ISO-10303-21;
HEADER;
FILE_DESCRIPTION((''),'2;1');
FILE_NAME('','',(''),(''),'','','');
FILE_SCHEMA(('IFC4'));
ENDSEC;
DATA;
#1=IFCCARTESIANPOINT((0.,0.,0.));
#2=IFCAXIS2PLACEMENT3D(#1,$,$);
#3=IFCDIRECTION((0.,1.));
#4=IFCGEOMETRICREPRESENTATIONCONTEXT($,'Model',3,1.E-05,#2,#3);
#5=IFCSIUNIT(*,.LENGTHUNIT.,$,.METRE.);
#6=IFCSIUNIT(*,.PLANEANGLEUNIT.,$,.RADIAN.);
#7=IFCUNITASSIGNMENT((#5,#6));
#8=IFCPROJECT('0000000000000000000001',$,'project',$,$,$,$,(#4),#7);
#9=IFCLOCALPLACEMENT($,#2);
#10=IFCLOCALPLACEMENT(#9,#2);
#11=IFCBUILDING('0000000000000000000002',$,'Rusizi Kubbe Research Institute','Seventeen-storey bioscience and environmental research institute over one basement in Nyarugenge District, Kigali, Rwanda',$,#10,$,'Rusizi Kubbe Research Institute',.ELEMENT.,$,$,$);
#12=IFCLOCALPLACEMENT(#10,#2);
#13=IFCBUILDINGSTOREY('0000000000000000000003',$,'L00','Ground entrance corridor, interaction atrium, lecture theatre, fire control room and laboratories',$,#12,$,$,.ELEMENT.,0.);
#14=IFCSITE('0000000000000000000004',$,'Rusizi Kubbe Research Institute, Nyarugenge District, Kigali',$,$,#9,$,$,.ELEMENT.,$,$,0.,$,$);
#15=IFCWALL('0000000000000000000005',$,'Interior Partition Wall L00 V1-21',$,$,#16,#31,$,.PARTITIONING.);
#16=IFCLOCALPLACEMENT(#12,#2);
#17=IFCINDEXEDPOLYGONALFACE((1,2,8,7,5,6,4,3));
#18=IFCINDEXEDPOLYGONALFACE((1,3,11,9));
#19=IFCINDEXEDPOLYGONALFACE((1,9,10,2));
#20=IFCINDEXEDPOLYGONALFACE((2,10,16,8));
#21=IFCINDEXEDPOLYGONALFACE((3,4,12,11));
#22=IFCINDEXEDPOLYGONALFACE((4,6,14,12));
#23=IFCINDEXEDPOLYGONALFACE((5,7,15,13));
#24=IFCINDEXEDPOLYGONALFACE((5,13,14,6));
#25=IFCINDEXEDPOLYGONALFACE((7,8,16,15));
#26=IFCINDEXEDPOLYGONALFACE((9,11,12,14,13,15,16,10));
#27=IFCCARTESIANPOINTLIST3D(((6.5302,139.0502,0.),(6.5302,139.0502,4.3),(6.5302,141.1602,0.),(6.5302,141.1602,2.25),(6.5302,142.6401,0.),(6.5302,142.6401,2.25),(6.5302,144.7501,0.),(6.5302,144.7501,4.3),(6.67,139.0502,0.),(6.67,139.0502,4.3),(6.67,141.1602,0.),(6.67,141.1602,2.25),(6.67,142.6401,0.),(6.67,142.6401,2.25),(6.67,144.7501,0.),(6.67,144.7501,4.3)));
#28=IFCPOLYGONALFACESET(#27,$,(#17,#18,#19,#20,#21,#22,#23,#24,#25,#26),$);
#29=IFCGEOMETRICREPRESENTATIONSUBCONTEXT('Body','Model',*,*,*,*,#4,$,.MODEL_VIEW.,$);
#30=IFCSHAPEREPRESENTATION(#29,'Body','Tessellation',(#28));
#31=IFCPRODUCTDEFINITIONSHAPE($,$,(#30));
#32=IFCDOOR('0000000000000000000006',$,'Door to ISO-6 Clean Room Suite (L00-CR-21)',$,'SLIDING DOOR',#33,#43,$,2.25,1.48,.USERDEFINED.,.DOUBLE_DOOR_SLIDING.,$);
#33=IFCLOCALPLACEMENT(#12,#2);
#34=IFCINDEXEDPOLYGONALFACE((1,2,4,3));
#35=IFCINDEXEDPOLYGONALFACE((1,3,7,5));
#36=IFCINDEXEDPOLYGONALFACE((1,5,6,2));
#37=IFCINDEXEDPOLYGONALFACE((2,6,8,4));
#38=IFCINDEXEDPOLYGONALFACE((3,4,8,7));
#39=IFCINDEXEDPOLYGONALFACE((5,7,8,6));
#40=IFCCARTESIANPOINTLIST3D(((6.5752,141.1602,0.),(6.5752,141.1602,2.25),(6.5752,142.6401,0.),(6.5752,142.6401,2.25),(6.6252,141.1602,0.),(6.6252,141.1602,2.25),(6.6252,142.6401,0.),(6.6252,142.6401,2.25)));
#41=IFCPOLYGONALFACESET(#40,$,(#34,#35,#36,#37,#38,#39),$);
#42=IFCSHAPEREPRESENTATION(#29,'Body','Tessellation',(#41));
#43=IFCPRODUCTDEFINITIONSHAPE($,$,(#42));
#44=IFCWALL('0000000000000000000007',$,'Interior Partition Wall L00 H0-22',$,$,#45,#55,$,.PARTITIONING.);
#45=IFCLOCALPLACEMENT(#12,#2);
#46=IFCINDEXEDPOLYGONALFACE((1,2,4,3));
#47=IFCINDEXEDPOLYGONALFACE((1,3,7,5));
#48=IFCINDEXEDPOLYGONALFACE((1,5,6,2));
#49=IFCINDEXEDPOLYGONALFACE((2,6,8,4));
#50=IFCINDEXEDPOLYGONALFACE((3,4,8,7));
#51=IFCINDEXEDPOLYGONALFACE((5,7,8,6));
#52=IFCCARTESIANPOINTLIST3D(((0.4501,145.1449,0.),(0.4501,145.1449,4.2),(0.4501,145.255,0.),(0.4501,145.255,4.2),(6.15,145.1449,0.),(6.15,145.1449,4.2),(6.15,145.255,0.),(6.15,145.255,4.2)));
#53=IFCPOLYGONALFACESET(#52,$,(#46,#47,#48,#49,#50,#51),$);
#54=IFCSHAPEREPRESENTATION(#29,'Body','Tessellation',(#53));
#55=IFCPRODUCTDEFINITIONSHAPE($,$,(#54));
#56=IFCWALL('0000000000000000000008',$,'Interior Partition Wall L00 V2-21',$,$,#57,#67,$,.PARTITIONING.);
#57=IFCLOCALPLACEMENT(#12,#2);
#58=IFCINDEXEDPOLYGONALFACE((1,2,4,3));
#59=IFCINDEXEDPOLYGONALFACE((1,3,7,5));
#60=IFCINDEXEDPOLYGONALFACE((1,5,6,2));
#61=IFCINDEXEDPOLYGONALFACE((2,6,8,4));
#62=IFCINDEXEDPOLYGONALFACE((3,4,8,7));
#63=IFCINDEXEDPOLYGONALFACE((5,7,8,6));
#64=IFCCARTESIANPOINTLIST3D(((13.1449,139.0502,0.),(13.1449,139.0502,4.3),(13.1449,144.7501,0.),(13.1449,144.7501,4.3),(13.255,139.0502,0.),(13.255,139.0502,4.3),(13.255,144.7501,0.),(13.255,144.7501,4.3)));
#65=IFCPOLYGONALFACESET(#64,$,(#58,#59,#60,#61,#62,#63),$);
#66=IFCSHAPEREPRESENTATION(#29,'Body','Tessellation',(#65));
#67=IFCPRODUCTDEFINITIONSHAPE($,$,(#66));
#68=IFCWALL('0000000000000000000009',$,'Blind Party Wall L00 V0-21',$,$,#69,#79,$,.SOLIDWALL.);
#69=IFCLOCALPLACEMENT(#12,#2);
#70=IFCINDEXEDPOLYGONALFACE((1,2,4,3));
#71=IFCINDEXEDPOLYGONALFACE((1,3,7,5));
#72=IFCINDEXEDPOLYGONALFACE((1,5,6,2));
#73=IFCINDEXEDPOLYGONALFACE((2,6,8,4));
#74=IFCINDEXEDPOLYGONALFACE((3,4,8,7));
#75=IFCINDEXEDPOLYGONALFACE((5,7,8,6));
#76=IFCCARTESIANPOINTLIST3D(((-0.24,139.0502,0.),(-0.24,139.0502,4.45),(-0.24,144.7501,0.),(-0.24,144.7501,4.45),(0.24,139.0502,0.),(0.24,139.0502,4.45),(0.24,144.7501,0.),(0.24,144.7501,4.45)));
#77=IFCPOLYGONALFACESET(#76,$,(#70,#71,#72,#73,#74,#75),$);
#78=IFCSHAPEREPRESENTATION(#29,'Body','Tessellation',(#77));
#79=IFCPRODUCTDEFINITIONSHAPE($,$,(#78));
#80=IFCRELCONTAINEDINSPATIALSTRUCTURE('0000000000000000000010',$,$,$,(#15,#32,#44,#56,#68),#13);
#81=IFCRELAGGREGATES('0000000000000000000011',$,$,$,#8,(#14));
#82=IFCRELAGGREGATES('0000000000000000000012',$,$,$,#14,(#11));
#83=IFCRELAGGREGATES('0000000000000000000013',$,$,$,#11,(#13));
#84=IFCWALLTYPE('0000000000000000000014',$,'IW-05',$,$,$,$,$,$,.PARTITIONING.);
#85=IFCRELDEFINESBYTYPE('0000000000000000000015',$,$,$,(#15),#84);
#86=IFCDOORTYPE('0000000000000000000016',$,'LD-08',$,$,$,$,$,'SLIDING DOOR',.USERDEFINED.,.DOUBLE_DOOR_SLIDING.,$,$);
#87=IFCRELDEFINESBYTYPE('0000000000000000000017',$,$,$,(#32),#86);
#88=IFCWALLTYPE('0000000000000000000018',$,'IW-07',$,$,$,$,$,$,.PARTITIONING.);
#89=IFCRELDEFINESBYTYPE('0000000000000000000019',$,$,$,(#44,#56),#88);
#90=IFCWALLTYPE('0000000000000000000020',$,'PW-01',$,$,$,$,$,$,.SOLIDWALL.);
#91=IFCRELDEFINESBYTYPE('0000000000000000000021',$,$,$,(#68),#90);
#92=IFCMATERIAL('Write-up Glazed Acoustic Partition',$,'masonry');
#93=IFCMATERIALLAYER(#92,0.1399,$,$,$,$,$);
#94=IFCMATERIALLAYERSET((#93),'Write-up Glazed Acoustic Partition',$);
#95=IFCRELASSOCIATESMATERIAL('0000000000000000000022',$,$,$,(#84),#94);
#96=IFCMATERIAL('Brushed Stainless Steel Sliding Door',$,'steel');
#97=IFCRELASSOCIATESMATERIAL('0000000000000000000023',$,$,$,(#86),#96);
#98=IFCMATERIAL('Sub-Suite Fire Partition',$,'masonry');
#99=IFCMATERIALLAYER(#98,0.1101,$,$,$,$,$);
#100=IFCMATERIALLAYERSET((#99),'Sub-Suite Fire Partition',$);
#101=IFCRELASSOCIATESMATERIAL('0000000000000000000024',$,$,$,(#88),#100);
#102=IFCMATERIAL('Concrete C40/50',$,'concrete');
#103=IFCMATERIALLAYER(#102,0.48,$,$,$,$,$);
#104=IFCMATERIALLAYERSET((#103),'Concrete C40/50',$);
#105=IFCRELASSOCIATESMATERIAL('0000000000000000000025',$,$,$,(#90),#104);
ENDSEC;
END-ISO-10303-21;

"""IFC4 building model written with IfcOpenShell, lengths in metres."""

from ifc_helpers import new_model, si_unit, direction, frame, frame_2d, origin, place, context, subcontext, project, spatial, rectangle, extrude, material, layer, layer_set, type_object, element, fill, save


model = new_model("IFC4")

# Units and contexts
model_context = context("Model", 3, precision=1e-05, world=origin(), true_north=direction((0.0, 1.0)))
body_context = subcontext(model_context, "Body", "Model", "MODEL_VIEW")
ifc_project = project(units=[si_unit("LENGTHUNIT", "METRE"), si_unit("PLANEANGLEUNIT", "RADIAN")], contexts=[model_context])

# Site, building, storey
site_placement = place(None, origin())
site = spatial("IfcSite", under=ifc_project, at=site_placement, Name="Rusizi Kubbe Research Institute, Nyarugenge District, Kigali", CompositionType="ELEMENT", RefElevation=0.0)
building_placement = place(site_placement, origin())
building = spatial("IfcBuilding", under=site, at=building_placement, Name="Rusizi Kubbe Research Institute", Description="Seventeen-storey bioscience and environmental research institute over one basement in Nyarugenge District, Kigali, Rwanda", LongName="Rusizi Kubbe Research Institute", CompositionType="ELEMENT")
storey_placement = place(building_placement, origin())
storey = spatial("IfcBuildingStorey", under=building, at=storey_placement, Name="L00", Description="Ground entrance corridor, interaction atrium, lecture theatre, fire control room and laboratories", CompositionType="ELEMENT", Elevation=0.0)

# Shared definitions
ifc_material_1 = material(Name="Write-up Glazed Acoustic Partition", Category="masonry")
ifc_layer_1 = layer(ifc_material_1, 0.1399)
ifc_layer_set_1 = layer_set([ifc_layer_1], Name="Write-up Glazed Acoustic Partition")
wall_type_1 = type_object("IfcWallType", Name="IW-05", PredefinedType="PARTITIONING", material=ifc_layer_set_1)

# Wall, opening, door
wall_1_placement = place(storey_placement, frame((6.6001, 139.05, 0.0), z_axis=(0.0, 0.0, 1.0), x_axis=(0.0, 1.0, 0.0)))
wall_1 = element("IfcWall", 1, at=wall_1_placement, inside=storey, type_object=wall_type_1, Name="Interior Partition Wall L00 V1-21", PredefinedType="PARTITIONING", context=body_context, shape_type="SweptSolid", body=[
    extrude(rectangle(XDim=5.7, YDim=0.1399, at=frame_2d((2.8501, 0.0))), origin(), (0.0, 0.0, 1.0), 4.3),
])
opening_placement = place(wall_1_placement, frame((2.1101, 0.0, 0.0)))
opening = element("IfcOpeningElement", 2, at=opening_placement, cuts=wall_1, PredefinedType="OPENING", context=body_context, shape_type="SweptSolid", body=[
    extrude(rectangle(XDim=1.48, YDim=2.25, at=frame_2d((0.74, 1.125))), frame((0.0, 0.0798, 0.0), z_axis=(0.0, -1.0, 0.0), x_axis=(1.0, 0.0, 0.0)), (0.0, 0.0, 1.0), 0.1599),
])
ifc_material_2 = material(Name="Brushed Stainless Steel Sliding Door", Category="steel")
door_type = type_object("IfcDoorType", Name="LD-08", ElementType="SLIDING DOOR", OperationType="DOUBLE_DOOR_SLIDING", PredefinedType="USERDEFINED", material=ifc_material_2)
door_placement = place(opening_placement, origin())
door = element("IfcDoor", 3, at=door_placement, inside=storey, type_object=door_type, Name="Door to ISO-6 Clean Room Suite (L00-CR-21)", ObjectType="SLIDING DOOR", OperationType="DOUBLE_DOOR_SLIDING", OverallHeight=2.25, OverallWidth=1.48, PredefinedType="USERDEFINED", context=body_context, shape_type="SweptSolid", body=[
    extrude(rectangle(XDim=1.48, YDim=2.25, at=frame_2d((0.74, 1.125))), frame((0.0, 0.0249, 0.0), z_axis=(0.0, -1.0, 0.0), x_axis=(1.0, 0.0, 0.0)), (0.0, 0.0, 1.0), 0.05),
])
fill(opening, door)

# Walls
ifc_material_3 = material(Name="Sub-Suite Fire Partition", Category="masonry")
ifc_layer_2 = layer(ifc_material_3, 0.1101)
ifc_layer_set_2 = layer_set([ifc_layer_2], Name="Sub-Suite Fire Partition")
wall_type_2 = type_object("IfcWallType", Name="IW-07", PredefinedType="PARTITIONING", material=ifc_layer_set_2)
wall_2_placement = place(storey_placement, frame((0.45, 145.2, 0.0), z_axis=(0.0, 0.0, 1.0), x_axis=(1.0, 0.0, 0.0)))
element("IfcWall", 4, at=wall_2_placement, inside=storey, type_object=wall_type_2, Name="Interior Partition Wall L00 H0-22", PredefinedType="PARTITIONING", context=body_context, shape_type="SweptSolid", body=[
    extrude(rectangle(XDim=5.7, YDim=0.1101, at=frame_2d((2.8501, 0.0))), origin(), (0.0, 0.0, 1.0), 4.2),
])
wall_3_placement = place(storey_placement, frame((13.2, 139.05, 0.0), z_axis=(0.0, 0.0, 1.0), x_axis=(0.0, 1.0, 0.0)))
element("IfcWall", 5, at=wall_3_placement, inside=storey, type_object=wall_type_2, Name="Interior Partition Wall L00 V2-21", PredefinedType="PARTITIONING", context=body_context, shape_type="SweptSolid", body=[
    extrude(rectangle(XDim=5.7, YDim=0.1101, at=frame_2d((2.8501, 0.0))), origin(), (0.0, 0.0, 1.0), 4.3),
])
ifc_material_4 = material(Name="Concrete C40/50", Category="concrete")
ifc_layer_3 = layer(ifc_material_4, 0.48)
ifc_layer_set_3 = layer_set([ifc_layer_3], Name="Concrete C40/50")
wall_type_3 = type_object("IfcWallType", Name="PW-01", PredefinedType="SOLIDWALL", material=ifc_layer_set_3)
wall_4_placement = place(storey_placement, frame((0.0, 139.05, 0.0), z_axis=(0.0, 0.0, 1.0), x_axis=(0.0, 1.0, 0.0)))
element("IfcWall", 6, at=wall_4_placement, inside=storey, type_object=wall_type_3, Name="Blind Party Wall L00 V0-21", PredefinedType="SOLIDWALL", context=body_context, shape_type="SweptSolid", body=[
    extrude(rectangle(XDim=5.7, YDim=0.48, at=frame_2d((2.8501, 0.0))), origin(), (0.0, 0.0, 1.0), 4.45),
])

save(model, "model.ifc")
